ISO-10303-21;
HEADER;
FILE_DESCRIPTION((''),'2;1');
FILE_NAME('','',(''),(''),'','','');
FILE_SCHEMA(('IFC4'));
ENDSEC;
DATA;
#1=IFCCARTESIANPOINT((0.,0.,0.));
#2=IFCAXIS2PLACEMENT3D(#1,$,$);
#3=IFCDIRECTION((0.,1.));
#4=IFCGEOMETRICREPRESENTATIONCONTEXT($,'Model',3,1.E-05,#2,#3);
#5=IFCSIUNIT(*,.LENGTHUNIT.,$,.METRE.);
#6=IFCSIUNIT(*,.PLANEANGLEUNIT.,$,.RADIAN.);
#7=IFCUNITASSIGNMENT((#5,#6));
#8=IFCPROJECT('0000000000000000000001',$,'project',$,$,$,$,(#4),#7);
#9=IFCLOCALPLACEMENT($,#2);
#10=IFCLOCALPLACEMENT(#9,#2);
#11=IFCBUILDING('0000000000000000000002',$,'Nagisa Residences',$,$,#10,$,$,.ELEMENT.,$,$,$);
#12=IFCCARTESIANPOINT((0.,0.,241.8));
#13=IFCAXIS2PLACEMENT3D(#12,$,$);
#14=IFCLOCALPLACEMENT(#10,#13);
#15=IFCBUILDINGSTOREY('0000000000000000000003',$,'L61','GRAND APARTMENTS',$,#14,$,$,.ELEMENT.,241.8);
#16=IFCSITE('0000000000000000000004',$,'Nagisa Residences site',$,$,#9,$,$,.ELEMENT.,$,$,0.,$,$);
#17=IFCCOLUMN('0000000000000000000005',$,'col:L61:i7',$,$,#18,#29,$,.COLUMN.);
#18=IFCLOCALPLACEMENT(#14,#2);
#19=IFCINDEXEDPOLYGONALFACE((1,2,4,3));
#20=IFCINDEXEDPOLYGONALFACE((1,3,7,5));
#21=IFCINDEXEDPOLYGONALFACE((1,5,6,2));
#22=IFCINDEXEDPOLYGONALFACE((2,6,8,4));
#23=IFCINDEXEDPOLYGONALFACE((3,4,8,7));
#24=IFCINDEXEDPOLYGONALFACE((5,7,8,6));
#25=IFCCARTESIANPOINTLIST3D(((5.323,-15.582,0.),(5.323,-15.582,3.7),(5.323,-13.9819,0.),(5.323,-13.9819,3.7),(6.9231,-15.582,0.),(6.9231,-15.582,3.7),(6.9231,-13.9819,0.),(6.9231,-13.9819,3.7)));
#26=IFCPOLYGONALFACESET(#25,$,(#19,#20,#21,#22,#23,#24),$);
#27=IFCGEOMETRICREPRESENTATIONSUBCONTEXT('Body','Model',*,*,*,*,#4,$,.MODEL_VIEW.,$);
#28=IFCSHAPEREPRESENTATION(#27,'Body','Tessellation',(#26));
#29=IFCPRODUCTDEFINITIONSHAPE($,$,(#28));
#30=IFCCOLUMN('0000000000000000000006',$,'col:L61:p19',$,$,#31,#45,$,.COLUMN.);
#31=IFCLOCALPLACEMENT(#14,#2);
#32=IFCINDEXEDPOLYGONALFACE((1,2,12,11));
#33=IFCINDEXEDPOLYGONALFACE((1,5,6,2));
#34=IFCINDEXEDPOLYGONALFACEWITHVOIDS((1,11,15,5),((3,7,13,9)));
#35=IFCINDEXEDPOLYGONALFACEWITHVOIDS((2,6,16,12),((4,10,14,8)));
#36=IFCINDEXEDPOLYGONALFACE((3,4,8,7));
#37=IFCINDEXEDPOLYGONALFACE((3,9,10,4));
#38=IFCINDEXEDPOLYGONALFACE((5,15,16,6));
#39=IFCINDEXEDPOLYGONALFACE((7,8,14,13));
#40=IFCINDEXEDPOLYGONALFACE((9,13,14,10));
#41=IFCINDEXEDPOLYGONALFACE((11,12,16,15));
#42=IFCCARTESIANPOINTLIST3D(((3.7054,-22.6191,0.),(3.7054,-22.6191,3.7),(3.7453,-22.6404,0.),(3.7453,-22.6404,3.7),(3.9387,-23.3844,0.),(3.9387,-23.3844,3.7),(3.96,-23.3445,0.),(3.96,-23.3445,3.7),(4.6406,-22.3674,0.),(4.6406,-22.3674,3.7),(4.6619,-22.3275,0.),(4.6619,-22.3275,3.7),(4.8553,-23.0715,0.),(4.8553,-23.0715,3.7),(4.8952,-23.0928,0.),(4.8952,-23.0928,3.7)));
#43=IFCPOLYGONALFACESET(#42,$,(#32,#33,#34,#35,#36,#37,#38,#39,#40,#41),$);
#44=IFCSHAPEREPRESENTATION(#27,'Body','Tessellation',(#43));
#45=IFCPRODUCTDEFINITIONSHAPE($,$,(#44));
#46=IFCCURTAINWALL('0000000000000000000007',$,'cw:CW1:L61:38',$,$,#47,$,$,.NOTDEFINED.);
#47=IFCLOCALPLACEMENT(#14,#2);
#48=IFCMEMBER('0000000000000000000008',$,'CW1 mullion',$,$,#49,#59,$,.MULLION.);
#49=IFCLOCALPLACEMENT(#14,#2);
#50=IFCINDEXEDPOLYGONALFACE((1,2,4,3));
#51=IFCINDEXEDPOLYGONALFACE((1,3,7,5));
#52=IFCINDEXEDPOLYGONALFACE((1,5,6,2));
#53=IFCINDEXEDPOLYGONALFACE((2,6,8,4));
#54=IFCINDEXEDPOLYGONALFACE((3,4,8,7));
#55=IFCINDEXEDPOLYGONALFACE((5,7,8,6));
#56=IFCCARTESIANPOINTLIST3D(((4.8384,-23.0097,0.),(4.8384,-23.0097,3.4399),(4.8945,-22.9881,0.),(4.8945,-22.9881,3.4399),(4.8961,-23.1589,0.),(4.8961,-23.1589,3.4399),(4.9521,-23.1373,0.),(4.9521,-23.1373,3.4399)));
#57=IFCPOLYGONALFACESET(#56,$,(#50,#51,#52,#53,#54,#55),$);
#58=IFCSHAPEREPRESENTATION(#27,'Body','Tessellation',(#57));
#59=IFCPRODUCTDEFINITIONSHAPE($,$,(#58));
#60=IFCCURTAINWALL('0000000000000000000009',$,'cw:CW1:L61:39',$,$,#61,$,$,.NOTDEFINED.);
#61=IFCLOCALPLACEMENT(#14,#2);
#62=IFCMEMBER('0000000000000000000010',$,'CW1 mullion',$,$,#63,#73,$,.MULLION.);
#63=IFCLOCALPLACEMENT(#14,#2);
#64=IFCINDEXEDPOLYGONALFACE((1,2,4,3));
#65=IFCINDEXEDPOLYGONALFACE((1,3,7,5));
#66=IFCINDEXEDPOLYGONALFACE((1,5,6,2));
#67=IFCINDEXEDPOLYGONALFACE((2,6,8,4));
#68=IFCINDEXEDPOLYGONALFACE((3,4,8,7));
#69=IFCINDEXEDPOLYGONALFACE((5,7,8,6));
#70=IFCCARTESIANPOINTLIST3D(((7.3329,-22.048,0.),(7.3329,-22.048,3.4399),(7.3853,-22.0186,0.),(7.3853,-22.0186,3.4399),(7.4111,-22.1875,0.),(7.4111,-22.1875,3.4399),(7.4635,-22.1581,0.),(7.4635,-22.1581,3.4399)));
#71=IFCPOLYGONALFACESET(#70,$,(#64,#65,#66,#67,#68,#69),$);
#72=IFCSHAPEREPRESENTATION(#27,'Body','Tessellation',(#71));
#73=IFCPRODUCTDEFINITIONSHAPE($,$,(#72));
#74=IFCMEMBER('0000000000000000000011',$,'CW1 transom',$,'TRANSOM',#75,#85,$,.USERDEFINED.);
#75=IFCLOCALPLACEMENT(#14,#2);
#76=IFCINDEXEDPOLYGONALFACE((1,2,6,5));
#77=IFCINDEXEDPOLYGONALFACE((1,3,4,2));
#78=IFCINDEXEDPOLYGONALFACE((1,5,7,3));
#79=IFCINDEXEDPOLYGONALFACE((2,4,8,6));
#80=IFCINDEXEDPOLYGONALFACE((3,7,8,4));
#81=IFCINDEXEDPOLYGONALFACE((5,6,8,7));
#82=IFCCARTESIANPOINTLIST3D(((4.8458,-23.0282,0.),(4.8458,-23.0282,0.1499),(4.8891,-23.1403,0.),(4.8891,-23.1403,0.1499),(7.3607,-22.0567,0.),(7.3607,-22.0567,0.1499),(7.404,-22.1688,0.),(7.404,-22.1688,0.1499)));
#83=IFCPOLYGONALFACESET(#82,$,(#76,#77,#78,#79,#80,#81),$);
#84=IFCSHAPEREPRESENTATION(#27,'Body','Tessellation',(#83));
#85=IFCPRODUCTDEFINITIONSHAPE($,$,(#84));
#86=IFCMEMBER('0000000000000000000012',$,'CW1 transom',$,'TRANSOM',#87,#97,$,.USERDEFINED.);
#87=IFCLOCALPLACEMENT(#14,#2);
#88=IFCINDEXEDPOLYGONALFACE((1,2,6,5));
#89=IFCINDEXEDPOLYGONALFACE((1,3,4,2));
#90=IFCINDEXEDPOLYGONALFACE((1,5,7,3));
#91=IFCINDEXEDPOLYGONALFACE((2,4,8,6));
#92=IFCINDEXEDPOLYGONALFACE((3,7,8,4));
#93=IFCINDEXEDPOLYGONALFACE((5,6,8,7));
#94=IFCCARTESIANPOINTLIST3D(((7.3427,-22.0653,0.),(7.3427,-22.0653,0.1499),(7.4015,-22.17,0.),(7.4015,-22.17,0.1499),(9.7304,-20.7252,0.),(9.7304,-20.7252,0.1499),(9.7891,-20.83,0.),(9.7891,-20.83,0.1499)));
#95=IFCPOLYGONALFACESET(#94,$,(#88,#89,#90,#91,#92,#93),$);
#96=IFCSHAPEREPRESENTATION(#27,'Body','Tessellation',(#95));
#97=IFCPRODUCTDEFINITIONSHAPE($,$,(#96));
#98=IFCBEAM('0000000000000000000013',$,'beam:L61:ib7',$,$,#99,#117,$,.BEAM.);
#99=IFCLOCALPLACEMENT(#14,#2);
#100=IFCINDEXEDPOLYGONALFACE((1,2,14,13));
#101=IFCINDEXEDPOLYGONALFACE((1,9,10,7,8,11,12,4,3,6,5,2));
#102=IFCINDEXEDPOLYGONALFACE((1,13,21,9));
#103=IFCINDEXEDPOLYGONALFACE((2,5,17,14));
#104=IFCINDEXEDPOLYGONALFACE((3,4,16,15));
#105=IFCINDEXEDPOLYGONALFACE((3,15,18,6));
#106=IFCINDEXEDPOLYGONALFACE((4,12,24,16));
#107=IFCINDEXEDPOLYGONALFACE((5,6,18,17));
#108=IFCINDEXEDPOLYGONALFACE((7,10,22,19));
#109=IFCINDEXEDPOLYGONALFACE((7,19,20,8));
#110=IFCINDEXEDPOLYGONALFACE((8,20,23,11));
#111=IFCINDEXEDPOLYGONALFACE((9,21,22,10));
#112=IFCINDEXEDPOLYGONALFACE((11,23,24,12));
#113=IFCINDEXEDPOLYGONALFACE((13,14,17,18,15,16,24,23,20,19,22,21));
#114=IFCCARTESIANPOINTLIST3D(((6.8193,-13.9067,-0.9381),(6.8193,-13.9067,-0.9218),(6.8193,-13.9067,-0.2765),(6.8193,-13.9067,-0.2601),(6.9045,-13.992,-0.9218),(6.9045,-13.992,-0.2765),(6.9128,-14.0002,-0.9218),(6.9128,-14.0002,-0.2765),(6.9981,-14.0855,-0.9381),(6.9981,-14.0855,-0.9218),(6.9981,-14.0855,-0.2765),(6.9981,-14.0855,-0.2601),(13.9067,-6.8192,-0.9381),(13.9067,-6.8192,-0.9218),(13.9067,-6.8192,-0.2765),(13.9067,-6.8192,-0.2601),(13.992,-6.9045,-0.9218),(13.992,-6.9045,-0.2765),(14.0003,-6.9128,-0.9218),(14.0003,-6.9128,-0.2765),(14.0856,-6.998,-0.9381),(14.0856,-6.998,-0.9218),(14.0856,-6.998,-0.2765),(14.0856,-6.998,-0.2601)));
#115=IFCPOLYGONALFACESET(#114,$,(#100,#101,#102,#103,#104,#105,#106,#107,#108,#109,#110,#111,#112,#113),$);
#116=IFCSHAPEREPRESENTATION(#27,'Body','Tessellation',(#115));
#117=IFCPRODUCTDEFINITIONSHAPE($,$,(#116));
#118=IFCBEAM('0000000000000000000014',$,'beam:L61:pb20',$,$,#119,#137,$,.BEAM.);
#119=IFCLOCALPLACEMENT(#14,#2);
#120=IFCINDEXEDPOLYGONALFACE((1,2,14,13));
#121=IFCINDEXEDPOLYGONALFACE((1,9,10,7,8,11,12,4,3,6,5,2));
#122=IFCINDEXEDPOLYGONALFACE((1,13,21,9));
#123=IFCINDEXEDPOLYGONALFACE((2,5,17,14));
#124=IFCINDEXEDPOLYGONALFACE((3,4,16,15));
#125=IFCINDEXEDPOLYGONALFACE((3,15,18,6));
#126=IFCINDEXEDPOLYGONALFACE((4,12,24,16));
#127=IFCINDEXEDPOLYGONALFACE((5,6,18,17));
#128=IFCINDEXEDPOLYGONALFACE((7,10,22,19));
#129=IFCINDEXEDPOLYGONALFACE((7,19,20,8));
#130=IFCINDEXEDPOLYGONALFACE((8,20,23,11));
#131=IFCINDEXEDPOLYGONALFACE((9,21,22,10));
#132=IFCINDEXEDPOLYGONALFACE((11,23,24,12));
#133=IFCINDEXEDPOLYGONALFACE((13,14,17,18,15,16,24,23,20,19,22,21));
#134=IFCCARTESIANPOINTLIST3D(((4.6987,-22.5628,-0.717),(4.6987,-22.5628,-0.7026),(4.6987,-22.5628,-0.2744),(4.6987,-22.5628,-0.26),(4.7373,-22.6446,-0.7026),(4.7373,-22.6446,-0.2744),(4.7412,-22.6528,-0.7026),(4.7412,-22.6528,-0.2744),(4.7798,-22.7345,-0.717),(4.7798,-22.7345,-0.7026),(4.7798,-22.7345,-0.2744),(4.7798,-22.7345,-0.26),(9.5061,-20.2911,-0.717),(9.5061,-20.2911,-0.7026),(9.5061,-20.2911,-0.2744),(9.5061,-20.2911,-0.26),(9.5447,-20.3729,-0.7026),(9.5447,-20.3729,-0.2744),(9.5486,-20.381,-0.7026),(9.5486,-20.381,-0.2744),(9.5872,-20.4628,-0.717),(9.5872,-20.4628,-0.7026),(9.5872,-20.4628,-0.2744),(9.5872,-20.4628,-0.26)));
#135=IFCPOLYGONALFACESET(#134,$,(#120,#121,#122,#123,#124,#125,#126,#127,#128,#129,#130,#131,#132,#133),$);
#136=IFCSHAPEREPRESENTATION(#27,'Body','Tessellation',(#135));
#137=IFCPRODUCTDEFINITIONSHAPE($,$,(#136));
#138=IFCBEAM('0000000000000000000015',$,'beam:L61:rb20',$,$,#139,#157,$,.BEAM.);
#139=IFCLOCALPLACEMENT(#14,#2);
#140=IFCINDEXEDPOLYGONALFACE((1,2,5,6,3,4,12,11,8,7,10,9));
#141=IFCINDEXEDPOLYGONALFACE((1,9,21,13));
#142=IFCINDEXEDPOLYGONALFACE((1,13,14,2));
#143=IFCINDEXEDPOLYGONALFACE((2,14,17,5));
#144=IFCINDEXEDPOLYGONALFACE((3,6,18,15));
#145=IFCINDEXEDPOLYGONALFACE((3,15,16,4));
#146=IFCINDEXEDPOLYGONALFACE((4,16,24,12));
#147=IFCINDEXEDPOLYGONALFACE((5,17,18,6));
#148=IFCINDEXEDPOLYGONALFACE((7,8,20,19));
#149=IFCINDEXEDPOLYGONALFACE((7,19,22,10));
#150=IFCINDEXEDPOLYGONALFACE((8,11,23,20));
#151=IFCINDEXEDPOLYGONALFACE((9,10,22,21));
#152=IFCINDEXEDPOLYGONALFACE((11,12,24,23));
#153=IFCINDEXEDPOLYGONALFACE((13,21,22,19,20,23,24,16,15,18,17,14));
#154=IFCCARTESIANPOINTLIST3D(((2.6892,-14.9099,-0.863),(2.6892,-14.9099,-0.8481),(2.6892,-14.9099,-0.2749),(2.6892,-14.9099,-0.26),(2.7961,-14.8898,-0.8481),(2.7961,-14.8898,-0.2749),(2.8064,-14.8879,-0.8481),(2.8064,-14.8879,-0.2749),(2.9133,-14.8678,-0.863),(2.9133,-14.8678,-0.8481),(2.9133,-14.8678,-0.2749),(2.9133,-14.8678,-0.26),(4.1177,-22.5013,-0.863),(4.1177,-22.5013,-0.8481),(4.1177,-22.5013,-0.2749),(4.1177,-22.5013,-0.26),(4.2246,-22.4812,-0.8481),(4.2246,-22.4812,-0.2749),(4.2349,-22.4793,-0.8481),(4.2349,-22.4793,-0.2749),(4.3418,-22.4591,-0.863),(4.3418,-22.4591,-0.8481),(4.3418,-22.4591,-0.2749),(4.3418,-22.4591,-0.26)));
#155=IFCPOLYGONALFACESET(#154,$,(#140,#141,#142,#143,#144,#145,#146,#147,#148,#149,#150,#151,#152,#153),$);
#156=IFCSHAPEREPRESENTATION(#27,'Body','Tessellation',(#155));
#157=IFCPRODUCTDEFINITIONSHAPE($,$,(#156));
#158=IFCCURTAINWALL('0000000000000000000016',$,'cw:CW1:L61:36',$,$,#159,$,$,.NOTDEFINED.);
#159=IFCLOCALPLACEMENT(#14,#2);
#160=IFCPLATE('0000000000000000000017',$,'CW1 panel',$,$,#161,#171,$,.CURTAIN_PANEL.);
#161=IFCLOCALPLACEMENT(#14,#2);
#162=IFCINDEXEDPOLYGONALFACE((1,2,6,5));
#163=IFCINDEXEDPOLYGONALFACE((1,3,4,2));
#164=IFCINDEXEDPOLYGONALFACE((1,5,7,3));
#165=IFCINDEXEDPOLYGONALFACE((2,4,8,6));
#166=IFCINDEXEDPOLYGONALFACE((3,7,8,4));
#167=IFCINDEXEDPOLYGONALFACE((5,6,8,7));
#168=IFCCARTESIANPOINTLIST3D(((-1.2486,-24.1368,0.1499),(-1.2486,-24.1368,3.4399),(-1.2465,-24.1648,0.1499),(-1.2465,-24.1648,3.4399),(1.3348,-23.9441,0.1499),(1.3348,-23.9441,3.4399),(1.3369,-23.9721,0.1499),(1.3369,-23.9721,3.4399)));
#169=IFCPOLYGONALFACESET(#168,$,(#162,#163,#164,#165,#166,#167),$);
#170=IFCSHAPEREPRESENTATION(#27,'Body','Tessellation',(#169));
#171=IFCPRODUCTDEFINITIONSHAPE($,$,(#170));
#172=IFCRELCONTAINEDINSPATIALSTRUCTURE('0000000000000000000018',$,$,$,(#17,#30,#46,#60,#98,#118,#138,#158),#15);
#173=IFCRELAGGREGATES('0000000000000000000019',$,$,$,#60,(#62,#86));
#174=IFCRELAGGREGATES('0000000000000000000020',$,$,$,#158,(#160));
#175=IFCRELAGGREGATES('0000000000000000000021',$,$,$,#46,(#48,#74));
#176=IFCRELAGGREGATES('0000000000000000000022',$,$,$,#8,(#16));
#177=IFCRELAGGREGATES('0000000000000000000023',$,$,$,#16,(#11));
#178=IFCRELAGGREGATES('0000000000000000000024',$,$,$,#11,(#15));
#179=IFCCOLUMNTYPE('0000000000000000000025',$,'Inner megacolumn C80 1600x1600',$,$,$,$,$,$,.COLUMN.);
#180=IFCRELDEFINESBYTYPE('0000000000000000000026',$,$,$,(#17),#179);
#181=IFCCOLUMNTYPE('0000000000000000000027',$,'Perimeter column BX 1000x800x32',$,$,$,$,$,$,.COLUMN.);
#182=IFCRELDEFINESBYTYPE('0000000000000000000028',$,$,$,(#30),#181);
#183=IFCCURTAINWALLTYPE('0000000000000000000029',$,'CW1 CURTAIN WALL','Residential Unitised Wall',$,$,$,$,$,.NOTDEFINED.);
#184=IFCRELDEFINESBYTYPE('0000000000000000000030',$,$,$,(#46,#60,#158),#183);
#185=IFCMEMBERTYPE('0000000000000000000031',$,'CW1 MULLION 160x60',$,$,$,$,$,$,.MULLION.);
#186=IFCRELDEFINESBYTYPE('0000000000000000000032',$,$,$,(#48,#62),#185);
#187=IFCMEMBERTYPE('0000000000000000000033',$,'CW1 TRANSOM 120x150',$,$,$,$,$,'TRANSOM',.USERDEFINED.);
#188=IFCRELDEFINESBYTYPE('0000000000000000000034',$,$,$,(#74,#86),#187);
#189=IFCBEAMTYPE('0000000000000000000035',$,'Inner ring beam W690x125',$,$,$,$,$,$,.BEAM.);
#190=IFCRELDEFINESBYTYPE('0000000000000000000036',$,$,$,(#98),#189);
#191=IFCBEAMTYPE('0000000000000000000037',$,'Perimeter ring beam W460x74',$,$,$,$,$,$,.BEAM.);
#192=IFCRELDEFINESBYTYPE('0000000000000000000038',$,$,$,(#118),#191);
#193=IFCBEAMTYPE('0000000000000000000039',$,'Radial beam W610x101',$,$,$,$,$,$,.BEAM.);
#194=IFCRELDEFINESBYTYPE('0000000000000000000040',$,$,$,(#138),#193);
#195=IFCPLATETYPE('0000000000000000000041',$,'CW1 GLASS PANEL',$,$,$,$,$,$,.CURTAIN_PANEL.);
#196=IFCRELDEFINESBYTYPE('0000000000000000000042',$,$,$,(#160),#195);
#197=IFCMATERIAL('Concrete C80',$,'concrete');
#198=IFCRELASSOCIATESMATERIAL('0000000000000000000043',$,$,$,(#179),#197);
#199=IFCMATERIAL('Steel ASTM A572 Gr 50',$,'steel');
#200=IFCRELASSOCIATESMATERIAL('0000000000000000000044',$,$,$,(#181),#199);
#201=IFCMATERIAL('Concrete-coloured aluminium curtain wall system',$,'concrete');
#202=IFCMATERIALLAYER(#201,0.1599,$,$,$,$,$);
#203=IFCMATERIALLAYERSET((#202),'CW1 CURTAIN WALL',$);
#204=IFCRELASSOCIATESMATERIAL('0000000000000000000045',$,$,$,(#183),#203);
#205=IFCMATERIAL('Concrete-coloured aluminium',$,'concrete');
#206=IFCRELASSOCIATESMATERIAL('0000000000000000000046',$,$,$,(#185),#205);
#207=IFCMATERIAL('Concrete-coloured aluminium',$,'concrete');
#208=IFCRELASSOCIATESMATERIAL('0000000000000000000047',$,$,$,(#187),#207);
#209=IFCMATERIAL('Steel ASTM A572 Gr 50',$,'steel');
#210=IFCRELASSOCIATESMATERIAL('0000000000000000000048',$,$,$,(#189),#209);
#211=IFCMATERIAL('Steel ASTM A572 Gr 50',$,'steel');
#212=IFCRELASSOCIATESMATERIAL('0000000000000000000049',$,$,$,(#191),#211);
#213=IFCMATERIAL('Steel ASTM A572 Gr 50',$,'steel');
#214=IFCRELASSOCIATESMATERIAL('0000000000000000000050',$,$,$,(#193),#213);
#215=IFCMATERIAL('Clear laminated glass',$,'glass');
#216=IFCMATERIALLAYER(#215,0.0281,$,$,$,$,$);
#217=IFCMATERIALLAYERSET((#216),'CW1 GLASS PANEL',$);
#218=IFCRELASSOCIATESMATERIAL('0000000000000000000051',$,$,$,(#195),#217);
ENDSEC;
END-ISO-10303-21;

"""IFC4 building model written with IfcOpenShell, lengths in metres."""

from ifc_helpers import new_model, si_unit, direction, frame, origin, origin_2d, place, context, subcontext, project, spatial, rectangle, hollow_rectangle, i_section, extrude, material, layer, layer_set, material_profile, profile_set, type_object, element, aggregate, save


model = new_model("IFC4")

# Units and contexts
model_context = context("Model", 3, precision=1e-05, world=origin(), true_north=direction((0.0, 1.0)))
body_context = subcontext(model_context, "Body", "Model", "MODEL_VIEW")
ifc_project = project(units=[si_unit("LENGTHUNIT", "METRE"), si_unit("PLANEANGLEUNIT", "RADIAN")], contexts=[model_context])

# Site, building, storey
site_placement = place(None, origin())
site = spatial("IfcSite", under=ifc_project, at=site_placement, Name="Nagisa Residences site", CompositionType="ELEMENT", RefElevation=0.0)
building_placement = place(site_placement, origin())
building = spatial("IfcBuilding", under=site, at=building_placement, Name="Nagisa Residences", CompositionType="ELEMENT")
storey_placement = place(building_placement, frame((0.0, 0.0, 241.8)))
storey = spatial("IfcBuildingStorey", under=building, at=storey_placement, Name="L61", Description="GRAND APARTMENTS", CompositionType="ELEMENT", Elevation=241.8)

# Columns
ifc_material_1 = material(Name="Concrete C80", Category="concrete")
ifc_material_profile_1 = material_profile(ifc_material_1, rectangle(XDim=1.6001, YDim=1.6001, at=origin_2d()), Name="C80 1600x1600")
ifc_profile_set_1 = profile_set([ifc_material_profile_1], Name="Concrete C80")
column_type_1 = type_object("IfcColumnType", Name="Inner megacolumn C80 1600x1600", PredefinedType="COLUMN", material=ifc_profile_set_1)
column_1_placement = place(storey_placement, frame((6.123, -14.782, 0.0), z_axis=(0.0, 0.0, 1.0), x_axis=(1.0, 0.0, 0.0)))
element("IfcColumn", 1, at=column_1_placement, inside=storey, type_object=column_type_1, Name="col:L61:i7", PredefinedType="COLUMN", context=body_context, shape_type="SweptSolid", body=[
    extrude(rectangle(XDim=1.6001, YDim=1.6001, at=origin_2d()), origin(), (0.0, 0.0, 1.0), 3.7),
])
ifc_material_2 = material(Name="Steel ASTM A572 Gr 50", Category="steel")
ifc_material_profile_2 = material_profile(ifc_material_2, hollow_rectangle(XDim=1.0, YDim=0.8, WallThickness=0.032, at=origin_2d()), Name="BX 1000x800x32")
ifc_profile_set_2 = profile_set([ifc_material_profile_2], Name="Steel ASTM A572 Gr 50")
column_type_2 = type_object("IfcColumnType", Name="Perimeter column BX 1000x800x32", PredefinedType="COLUMN", material=ifc_profile_set_2)
column_2_placement = place(storey_placement, frame((4.3003, -22.856, 0.0), z_axis=(0.0, 0.0, 1.0), x_axis=(0.956525, 0.291652, 0.0)))
element("IfcColumn", 2, at=column_2_placement, inside=storey, type_object=column_type_2, Name="col:L61:p19", PredefinedType="COLUMN", context=body_context, shape_type="SweptSolid", body=[
    extrude(hollow_rectangle(XDim=1.0, YDim=0.8, WallThickness=0.032, at=origin_2d()), origin(), (0.0, 0.0, 1.0), 3.7),
])

# Curtain walls, members
ifc_material_3 = material(Name="Concrete-coloured aluminium curtain wall system", Category="concrete")
ifc_layer_1 = layer(ifc_material_3, 0.1599)
ifc_layer_set_1 = layer_set([ifc_layer_1], Name="CW1 CURTAIN WALL")
curtain_wall_type = type_object("IfcCurtainWallType", Name="CW1 CURTAIN WALL", Description="Residential Unitised Wall", PredefinedType="NOTDEFINED", material=ifc_layer_set_1)
curtain_wall_1_placement = place(storey_placement, origin())
curtain_wall_1 = element("IfcCurtainWall", 3, at=curtain_wall_1_placement, inside=storey, type_object=curtain_wall_type, Name="cw:CW1:L61:38", PredefinedType="NOTDEFINED")
ifc_material_4 = material(Name="Concrete-coloured aluminium", Category="concrete")
ifc_material_profile_3 = material_profile(ifc_material_4, rectangle(XDim=0.1599, YDim=0.0601, at=origin_2d()), Name="CW1 MULLION 160x60")
ifc_profile_set_3 = profile_set([ifc_material_profile_3], Name="Concrete-coloured aluminium")
member_type_1 = type_object("IfcMemberType", Name="CW1 MULLION 160x60", PredefinedType="MULLION", material=ifc_profile_set_3)
member_1_placement = place(storey_placement, frame((4.8953, -23.0735, 0.0), z_axis=(0.0, 0.0, 1.0), x_axis=(-0.360328, 0.932826, 0.0)))
member_1 = element("IfcMember", 4, at=member_1_placement, type_object=member_type_1, Name="CW1 mullion", PredefinedType="MULLION", context=body_context, shape_type="SweptSolid", body=[
    extrude(rectangle(XDim=0.1599, YDim=0.0601, at=origin_2d()), origin(), (0.0, 0.0, 1.0), 3.4399),
])
curtain_wall_2_placement = place(storey_placement, origin())
curtain_wall_2 = element("IfcCurtainWall", 5, at=curtain_wall_2_placement, inside=storey, type_object=curtain_wall_type, Name="cw:CW1:L61:39", PredefinedType="NOTDEFINED")
member_2_placement = place(storey_placement, frame((7.3982, -22.103, 0.0), z_axis=(0.0, 0.0, 1.0), x_axis=(-0.489377, 0.872072, 0.0)))
member_2 = element("IfcMember", 6, at=member_2_placement, type_object=member_type_1, Name="CW1 mullion", PredefinedType="MULLION", context=body_context, shape_type="SweptSolid", body=[
    extrude(rectangle(XDim=0.1599, YDim=0.0601, at=origin_2d()), origin(), (0.0, 0.0, 1.0), 3.4399),
])

# Members
ifc_material_5 = material(Name="Concrete-coloured aluminium", Category="concrete")
ifc_material_profile_4 = material_profile(ifc_material_5, rectangle(XDim=0.1201, YDim=0.1499, at=origin_2d()), Name="CW1 TRANSOM 120x150")
ifc_profile_set_4 = profile_set([ifc_material_profile_4], Name="Concrete-coloured aluminium")
member_type_2 = type_object("IfcMemberType", Name="CW1 TRANSOM 120x150", ElementType="TRANSOM", PredefinedType="USERDEFINED", material=ifc_profile_set_4)
member_3_placement = place(storey_placement, frame((4.8674, -23.0842, 0.075), z_axis=(0.932826, 0.360326, 0.0), x_axis=(-0.360326, 0.932826, 0.0)))
member_3 = element("IfcMember", 7, at=member_3_placement, type_object=member_type_2, Name="CW1 transom", ObjectType="TRANSOM", PredefinedType="USERDEFINED", context=body_context, shape_type="SweptSolid", body=[
    extrude(rectangle(XDim=0.1201, YDim=0.1499, at=origin_2d()), origin(), (0.0, 0.0, 1.0), 2.696),
])
member_4_placement = place(storey_placement, frame((7.3721, -22.1177, 0.075), z_axis=(0.872042, 0.489431, 0.0), x_axis=(-0.489431, 0.872042, 0.0)))
member_4 = element("IfcMember", 8, at=member_4_placement, type_object=member_type_2, Name="CW1 transom", ObjectType="TRANSOM", PredefinedType="USERDEFINED", context=body_context, shape_type="SweptSolid", body=[
    extrude(rectangle(XDim=0.1201, YDim=0.1499, at=origin_2d()), origin(), (0.0, 0.0, 1.0), 2.738),
])
aggregate(curtain_wall_2, [member_2, member_4])

# Beams
ifc_material_6 = material(Name="Steel ASTM A572 Gr 50", Category="steel")
ifc_material_profile_5 = material_profile(ifc_material_6, i_section(OverallWidth=0.2529, OverallDepth=0.678, WebThickness=0.0117, FlangeThickness=0.0164, at=origin_2d()), Name="W690x125")
ifc_profile_set_5 = profile_set([ifc_material_profile_5], Name="Steel ASTM A572 Gr 50")
beam_type_1 = type_object("IfcBeamType", Name="Inner ring beam W690x125", PredefinedType="BEAM", material=ifc_profile_set_5)
beam_1_placement = place(storey_placement, frame((6.9087, -13.9961, -0.5991), z_axis=(0.707107, 0.707107, 0.0), x_axis=(-0.707107, 0.707107, 0.0)))
element("IfcBeam", 9, at=beam_1_placement, inside=storey, type_object=beam_type_1, Name="beam:L61:ib7", PredefinedType="BEAM", context=body_context, shape_type="SweptSolid", body=[
    extrude(i_section(OverallWidth=0.2529, OverallDepth=0.678, WebThickness=0.0117, FlangeThickness=0.0164, at=origin_2d()), origin(), (0.0, 0.0, 1.0), 10.0232),
])
ifc_material_7 = material(Name="Steel ASTM A572 Gr 50", Category="steel")
ifc_material_profile_6 = material_profile(ifc_material_7, i_section(OverallWidth=0.1899, OverallDepth=0.457, WebThickness=0.009, FlangeThickness=0.0144, at=origin_2d()), Name="W460x74")
ifc_profile_set_6 = profile_set([ifc_material_profile_6], Name="Steel ASTM A572 Gr 50")
beam_type_2 = type_object("IfcBeamType", Name="Perimeter ring beam W460x74", PredefinedType="BEAM", material=ifc_profile_set_6)
beam_2_placement = place(storey_placement, frame((4.7393, -22.6487, -0.4885), z_axis=(0.904134, 0.427249, 0.0), x_axis=(-0.427249, 0.904134, 0.0)))
element("IfcBeam", 10, at=beam_2_placement, inside=storey, type_object=beam_type_2, Name="beam:L61:pb20", PredefinedType="BEAM", context=body_context, shape_type="SweptSolid", body=[
    extrude(i_section(OverallWidth=0.1899, OverallDepth=0.457, WebThickness=0.009, FlangeThickness=0.0144, at=origin_2d()), origin(), (0.0, 0.0, 1.0), 5.3171),
])
ifc_material_8 = material(Name="Steel ASTM A572 Gr 50", Category="steel")
ifc_material_profile_7 = material_profile(ifc_material_8, i_section(OverallWidth=0.228, OverallDepth=0.603, WebThickness=0.0105, FlangeThickness=0.0149, at=origin_2d()), Name="W610x101")
ifc_profile_set_7 = profile_set([ifc_material_profile_7], Name="Steel ASTM A572 Gr 50")
beam_type_3 = type_object("IfcBeamType", Name="Radial beam W610x101", PredefinedType="BEAM", material=ifc_profile_set_7)
beam_3_placement = place(storey_placement, frame((4.2297, -22.4802, -0.5615), z_axis=(-0.184926, 0.982752, 0.0), x_axis=(-0.982752, -0.184926, 0.0)))
element("IfcBeam", 11, at=beam_3_placement, inside=storey, type_object=beam_type_3, Name="beam:L61:rb20", PredefinedType="BEAM", context=body_context, shape_type="SweptSolid", body=[
    extrude(i_section(OverallWidth=0.228, OverallDepth=0.603, WebThickness=0.0105, FlangeThickness=0.0149, at=origin_2d()), origin(), (0.0, 0.0, 1.0), 7.7246),
])

# Curtain wall, plate
curtain_wall_3_placement = place(storey_placement, origin())
curtain_wall_3 = element("IfcCurtainWall", 12, at=curtain_wall_3_placement, inside=storey, type_object=curtain_wall_type, Name="cw:CW1:L61:36", PredefinedType="NOTDEFINED")
ifc_material_9 = material(Name="Clear laminated glass", Category="glass")
ifc_layer_2 = layer(ifc_material_9, 0.0281)
ifc_layer_set_2 = layer_set([ifc_layer_2], Name="CW1 GLASS PANEL")
plate_type = type_object("IfcPlateType", Name="CW1 GLASS PANEL", PredefinedType="CURTAIN_PANEL", material=ifc_layer_set_2)
plate_1_placement = place(storey_placement, frame((0.0442, -24.0544, 0.1499), z_axis=(0.0, 0.0, 1.0), x_axis=(0.99723, 0.074377, 0.0)))
plate_1 = element("IfcPlate", 13, at=plate_1_placement, type_object=plate_type, Name="CW1 panel", PredefinedType="CURTAIN_PANEL", context=body_context, shape_type="SweptSolid", body=[
    extrude(rectangle(XDim=2.5906, YDim=0.0281, at=origin_2d()), origin(), (0.0, 0.0, 1.0), 3.29),
])
aggregate(curtain_wall_3, [plate_1])

aggregate(curtain_wall_1, [member_1, member_3])

save(model, "model.ifc")
